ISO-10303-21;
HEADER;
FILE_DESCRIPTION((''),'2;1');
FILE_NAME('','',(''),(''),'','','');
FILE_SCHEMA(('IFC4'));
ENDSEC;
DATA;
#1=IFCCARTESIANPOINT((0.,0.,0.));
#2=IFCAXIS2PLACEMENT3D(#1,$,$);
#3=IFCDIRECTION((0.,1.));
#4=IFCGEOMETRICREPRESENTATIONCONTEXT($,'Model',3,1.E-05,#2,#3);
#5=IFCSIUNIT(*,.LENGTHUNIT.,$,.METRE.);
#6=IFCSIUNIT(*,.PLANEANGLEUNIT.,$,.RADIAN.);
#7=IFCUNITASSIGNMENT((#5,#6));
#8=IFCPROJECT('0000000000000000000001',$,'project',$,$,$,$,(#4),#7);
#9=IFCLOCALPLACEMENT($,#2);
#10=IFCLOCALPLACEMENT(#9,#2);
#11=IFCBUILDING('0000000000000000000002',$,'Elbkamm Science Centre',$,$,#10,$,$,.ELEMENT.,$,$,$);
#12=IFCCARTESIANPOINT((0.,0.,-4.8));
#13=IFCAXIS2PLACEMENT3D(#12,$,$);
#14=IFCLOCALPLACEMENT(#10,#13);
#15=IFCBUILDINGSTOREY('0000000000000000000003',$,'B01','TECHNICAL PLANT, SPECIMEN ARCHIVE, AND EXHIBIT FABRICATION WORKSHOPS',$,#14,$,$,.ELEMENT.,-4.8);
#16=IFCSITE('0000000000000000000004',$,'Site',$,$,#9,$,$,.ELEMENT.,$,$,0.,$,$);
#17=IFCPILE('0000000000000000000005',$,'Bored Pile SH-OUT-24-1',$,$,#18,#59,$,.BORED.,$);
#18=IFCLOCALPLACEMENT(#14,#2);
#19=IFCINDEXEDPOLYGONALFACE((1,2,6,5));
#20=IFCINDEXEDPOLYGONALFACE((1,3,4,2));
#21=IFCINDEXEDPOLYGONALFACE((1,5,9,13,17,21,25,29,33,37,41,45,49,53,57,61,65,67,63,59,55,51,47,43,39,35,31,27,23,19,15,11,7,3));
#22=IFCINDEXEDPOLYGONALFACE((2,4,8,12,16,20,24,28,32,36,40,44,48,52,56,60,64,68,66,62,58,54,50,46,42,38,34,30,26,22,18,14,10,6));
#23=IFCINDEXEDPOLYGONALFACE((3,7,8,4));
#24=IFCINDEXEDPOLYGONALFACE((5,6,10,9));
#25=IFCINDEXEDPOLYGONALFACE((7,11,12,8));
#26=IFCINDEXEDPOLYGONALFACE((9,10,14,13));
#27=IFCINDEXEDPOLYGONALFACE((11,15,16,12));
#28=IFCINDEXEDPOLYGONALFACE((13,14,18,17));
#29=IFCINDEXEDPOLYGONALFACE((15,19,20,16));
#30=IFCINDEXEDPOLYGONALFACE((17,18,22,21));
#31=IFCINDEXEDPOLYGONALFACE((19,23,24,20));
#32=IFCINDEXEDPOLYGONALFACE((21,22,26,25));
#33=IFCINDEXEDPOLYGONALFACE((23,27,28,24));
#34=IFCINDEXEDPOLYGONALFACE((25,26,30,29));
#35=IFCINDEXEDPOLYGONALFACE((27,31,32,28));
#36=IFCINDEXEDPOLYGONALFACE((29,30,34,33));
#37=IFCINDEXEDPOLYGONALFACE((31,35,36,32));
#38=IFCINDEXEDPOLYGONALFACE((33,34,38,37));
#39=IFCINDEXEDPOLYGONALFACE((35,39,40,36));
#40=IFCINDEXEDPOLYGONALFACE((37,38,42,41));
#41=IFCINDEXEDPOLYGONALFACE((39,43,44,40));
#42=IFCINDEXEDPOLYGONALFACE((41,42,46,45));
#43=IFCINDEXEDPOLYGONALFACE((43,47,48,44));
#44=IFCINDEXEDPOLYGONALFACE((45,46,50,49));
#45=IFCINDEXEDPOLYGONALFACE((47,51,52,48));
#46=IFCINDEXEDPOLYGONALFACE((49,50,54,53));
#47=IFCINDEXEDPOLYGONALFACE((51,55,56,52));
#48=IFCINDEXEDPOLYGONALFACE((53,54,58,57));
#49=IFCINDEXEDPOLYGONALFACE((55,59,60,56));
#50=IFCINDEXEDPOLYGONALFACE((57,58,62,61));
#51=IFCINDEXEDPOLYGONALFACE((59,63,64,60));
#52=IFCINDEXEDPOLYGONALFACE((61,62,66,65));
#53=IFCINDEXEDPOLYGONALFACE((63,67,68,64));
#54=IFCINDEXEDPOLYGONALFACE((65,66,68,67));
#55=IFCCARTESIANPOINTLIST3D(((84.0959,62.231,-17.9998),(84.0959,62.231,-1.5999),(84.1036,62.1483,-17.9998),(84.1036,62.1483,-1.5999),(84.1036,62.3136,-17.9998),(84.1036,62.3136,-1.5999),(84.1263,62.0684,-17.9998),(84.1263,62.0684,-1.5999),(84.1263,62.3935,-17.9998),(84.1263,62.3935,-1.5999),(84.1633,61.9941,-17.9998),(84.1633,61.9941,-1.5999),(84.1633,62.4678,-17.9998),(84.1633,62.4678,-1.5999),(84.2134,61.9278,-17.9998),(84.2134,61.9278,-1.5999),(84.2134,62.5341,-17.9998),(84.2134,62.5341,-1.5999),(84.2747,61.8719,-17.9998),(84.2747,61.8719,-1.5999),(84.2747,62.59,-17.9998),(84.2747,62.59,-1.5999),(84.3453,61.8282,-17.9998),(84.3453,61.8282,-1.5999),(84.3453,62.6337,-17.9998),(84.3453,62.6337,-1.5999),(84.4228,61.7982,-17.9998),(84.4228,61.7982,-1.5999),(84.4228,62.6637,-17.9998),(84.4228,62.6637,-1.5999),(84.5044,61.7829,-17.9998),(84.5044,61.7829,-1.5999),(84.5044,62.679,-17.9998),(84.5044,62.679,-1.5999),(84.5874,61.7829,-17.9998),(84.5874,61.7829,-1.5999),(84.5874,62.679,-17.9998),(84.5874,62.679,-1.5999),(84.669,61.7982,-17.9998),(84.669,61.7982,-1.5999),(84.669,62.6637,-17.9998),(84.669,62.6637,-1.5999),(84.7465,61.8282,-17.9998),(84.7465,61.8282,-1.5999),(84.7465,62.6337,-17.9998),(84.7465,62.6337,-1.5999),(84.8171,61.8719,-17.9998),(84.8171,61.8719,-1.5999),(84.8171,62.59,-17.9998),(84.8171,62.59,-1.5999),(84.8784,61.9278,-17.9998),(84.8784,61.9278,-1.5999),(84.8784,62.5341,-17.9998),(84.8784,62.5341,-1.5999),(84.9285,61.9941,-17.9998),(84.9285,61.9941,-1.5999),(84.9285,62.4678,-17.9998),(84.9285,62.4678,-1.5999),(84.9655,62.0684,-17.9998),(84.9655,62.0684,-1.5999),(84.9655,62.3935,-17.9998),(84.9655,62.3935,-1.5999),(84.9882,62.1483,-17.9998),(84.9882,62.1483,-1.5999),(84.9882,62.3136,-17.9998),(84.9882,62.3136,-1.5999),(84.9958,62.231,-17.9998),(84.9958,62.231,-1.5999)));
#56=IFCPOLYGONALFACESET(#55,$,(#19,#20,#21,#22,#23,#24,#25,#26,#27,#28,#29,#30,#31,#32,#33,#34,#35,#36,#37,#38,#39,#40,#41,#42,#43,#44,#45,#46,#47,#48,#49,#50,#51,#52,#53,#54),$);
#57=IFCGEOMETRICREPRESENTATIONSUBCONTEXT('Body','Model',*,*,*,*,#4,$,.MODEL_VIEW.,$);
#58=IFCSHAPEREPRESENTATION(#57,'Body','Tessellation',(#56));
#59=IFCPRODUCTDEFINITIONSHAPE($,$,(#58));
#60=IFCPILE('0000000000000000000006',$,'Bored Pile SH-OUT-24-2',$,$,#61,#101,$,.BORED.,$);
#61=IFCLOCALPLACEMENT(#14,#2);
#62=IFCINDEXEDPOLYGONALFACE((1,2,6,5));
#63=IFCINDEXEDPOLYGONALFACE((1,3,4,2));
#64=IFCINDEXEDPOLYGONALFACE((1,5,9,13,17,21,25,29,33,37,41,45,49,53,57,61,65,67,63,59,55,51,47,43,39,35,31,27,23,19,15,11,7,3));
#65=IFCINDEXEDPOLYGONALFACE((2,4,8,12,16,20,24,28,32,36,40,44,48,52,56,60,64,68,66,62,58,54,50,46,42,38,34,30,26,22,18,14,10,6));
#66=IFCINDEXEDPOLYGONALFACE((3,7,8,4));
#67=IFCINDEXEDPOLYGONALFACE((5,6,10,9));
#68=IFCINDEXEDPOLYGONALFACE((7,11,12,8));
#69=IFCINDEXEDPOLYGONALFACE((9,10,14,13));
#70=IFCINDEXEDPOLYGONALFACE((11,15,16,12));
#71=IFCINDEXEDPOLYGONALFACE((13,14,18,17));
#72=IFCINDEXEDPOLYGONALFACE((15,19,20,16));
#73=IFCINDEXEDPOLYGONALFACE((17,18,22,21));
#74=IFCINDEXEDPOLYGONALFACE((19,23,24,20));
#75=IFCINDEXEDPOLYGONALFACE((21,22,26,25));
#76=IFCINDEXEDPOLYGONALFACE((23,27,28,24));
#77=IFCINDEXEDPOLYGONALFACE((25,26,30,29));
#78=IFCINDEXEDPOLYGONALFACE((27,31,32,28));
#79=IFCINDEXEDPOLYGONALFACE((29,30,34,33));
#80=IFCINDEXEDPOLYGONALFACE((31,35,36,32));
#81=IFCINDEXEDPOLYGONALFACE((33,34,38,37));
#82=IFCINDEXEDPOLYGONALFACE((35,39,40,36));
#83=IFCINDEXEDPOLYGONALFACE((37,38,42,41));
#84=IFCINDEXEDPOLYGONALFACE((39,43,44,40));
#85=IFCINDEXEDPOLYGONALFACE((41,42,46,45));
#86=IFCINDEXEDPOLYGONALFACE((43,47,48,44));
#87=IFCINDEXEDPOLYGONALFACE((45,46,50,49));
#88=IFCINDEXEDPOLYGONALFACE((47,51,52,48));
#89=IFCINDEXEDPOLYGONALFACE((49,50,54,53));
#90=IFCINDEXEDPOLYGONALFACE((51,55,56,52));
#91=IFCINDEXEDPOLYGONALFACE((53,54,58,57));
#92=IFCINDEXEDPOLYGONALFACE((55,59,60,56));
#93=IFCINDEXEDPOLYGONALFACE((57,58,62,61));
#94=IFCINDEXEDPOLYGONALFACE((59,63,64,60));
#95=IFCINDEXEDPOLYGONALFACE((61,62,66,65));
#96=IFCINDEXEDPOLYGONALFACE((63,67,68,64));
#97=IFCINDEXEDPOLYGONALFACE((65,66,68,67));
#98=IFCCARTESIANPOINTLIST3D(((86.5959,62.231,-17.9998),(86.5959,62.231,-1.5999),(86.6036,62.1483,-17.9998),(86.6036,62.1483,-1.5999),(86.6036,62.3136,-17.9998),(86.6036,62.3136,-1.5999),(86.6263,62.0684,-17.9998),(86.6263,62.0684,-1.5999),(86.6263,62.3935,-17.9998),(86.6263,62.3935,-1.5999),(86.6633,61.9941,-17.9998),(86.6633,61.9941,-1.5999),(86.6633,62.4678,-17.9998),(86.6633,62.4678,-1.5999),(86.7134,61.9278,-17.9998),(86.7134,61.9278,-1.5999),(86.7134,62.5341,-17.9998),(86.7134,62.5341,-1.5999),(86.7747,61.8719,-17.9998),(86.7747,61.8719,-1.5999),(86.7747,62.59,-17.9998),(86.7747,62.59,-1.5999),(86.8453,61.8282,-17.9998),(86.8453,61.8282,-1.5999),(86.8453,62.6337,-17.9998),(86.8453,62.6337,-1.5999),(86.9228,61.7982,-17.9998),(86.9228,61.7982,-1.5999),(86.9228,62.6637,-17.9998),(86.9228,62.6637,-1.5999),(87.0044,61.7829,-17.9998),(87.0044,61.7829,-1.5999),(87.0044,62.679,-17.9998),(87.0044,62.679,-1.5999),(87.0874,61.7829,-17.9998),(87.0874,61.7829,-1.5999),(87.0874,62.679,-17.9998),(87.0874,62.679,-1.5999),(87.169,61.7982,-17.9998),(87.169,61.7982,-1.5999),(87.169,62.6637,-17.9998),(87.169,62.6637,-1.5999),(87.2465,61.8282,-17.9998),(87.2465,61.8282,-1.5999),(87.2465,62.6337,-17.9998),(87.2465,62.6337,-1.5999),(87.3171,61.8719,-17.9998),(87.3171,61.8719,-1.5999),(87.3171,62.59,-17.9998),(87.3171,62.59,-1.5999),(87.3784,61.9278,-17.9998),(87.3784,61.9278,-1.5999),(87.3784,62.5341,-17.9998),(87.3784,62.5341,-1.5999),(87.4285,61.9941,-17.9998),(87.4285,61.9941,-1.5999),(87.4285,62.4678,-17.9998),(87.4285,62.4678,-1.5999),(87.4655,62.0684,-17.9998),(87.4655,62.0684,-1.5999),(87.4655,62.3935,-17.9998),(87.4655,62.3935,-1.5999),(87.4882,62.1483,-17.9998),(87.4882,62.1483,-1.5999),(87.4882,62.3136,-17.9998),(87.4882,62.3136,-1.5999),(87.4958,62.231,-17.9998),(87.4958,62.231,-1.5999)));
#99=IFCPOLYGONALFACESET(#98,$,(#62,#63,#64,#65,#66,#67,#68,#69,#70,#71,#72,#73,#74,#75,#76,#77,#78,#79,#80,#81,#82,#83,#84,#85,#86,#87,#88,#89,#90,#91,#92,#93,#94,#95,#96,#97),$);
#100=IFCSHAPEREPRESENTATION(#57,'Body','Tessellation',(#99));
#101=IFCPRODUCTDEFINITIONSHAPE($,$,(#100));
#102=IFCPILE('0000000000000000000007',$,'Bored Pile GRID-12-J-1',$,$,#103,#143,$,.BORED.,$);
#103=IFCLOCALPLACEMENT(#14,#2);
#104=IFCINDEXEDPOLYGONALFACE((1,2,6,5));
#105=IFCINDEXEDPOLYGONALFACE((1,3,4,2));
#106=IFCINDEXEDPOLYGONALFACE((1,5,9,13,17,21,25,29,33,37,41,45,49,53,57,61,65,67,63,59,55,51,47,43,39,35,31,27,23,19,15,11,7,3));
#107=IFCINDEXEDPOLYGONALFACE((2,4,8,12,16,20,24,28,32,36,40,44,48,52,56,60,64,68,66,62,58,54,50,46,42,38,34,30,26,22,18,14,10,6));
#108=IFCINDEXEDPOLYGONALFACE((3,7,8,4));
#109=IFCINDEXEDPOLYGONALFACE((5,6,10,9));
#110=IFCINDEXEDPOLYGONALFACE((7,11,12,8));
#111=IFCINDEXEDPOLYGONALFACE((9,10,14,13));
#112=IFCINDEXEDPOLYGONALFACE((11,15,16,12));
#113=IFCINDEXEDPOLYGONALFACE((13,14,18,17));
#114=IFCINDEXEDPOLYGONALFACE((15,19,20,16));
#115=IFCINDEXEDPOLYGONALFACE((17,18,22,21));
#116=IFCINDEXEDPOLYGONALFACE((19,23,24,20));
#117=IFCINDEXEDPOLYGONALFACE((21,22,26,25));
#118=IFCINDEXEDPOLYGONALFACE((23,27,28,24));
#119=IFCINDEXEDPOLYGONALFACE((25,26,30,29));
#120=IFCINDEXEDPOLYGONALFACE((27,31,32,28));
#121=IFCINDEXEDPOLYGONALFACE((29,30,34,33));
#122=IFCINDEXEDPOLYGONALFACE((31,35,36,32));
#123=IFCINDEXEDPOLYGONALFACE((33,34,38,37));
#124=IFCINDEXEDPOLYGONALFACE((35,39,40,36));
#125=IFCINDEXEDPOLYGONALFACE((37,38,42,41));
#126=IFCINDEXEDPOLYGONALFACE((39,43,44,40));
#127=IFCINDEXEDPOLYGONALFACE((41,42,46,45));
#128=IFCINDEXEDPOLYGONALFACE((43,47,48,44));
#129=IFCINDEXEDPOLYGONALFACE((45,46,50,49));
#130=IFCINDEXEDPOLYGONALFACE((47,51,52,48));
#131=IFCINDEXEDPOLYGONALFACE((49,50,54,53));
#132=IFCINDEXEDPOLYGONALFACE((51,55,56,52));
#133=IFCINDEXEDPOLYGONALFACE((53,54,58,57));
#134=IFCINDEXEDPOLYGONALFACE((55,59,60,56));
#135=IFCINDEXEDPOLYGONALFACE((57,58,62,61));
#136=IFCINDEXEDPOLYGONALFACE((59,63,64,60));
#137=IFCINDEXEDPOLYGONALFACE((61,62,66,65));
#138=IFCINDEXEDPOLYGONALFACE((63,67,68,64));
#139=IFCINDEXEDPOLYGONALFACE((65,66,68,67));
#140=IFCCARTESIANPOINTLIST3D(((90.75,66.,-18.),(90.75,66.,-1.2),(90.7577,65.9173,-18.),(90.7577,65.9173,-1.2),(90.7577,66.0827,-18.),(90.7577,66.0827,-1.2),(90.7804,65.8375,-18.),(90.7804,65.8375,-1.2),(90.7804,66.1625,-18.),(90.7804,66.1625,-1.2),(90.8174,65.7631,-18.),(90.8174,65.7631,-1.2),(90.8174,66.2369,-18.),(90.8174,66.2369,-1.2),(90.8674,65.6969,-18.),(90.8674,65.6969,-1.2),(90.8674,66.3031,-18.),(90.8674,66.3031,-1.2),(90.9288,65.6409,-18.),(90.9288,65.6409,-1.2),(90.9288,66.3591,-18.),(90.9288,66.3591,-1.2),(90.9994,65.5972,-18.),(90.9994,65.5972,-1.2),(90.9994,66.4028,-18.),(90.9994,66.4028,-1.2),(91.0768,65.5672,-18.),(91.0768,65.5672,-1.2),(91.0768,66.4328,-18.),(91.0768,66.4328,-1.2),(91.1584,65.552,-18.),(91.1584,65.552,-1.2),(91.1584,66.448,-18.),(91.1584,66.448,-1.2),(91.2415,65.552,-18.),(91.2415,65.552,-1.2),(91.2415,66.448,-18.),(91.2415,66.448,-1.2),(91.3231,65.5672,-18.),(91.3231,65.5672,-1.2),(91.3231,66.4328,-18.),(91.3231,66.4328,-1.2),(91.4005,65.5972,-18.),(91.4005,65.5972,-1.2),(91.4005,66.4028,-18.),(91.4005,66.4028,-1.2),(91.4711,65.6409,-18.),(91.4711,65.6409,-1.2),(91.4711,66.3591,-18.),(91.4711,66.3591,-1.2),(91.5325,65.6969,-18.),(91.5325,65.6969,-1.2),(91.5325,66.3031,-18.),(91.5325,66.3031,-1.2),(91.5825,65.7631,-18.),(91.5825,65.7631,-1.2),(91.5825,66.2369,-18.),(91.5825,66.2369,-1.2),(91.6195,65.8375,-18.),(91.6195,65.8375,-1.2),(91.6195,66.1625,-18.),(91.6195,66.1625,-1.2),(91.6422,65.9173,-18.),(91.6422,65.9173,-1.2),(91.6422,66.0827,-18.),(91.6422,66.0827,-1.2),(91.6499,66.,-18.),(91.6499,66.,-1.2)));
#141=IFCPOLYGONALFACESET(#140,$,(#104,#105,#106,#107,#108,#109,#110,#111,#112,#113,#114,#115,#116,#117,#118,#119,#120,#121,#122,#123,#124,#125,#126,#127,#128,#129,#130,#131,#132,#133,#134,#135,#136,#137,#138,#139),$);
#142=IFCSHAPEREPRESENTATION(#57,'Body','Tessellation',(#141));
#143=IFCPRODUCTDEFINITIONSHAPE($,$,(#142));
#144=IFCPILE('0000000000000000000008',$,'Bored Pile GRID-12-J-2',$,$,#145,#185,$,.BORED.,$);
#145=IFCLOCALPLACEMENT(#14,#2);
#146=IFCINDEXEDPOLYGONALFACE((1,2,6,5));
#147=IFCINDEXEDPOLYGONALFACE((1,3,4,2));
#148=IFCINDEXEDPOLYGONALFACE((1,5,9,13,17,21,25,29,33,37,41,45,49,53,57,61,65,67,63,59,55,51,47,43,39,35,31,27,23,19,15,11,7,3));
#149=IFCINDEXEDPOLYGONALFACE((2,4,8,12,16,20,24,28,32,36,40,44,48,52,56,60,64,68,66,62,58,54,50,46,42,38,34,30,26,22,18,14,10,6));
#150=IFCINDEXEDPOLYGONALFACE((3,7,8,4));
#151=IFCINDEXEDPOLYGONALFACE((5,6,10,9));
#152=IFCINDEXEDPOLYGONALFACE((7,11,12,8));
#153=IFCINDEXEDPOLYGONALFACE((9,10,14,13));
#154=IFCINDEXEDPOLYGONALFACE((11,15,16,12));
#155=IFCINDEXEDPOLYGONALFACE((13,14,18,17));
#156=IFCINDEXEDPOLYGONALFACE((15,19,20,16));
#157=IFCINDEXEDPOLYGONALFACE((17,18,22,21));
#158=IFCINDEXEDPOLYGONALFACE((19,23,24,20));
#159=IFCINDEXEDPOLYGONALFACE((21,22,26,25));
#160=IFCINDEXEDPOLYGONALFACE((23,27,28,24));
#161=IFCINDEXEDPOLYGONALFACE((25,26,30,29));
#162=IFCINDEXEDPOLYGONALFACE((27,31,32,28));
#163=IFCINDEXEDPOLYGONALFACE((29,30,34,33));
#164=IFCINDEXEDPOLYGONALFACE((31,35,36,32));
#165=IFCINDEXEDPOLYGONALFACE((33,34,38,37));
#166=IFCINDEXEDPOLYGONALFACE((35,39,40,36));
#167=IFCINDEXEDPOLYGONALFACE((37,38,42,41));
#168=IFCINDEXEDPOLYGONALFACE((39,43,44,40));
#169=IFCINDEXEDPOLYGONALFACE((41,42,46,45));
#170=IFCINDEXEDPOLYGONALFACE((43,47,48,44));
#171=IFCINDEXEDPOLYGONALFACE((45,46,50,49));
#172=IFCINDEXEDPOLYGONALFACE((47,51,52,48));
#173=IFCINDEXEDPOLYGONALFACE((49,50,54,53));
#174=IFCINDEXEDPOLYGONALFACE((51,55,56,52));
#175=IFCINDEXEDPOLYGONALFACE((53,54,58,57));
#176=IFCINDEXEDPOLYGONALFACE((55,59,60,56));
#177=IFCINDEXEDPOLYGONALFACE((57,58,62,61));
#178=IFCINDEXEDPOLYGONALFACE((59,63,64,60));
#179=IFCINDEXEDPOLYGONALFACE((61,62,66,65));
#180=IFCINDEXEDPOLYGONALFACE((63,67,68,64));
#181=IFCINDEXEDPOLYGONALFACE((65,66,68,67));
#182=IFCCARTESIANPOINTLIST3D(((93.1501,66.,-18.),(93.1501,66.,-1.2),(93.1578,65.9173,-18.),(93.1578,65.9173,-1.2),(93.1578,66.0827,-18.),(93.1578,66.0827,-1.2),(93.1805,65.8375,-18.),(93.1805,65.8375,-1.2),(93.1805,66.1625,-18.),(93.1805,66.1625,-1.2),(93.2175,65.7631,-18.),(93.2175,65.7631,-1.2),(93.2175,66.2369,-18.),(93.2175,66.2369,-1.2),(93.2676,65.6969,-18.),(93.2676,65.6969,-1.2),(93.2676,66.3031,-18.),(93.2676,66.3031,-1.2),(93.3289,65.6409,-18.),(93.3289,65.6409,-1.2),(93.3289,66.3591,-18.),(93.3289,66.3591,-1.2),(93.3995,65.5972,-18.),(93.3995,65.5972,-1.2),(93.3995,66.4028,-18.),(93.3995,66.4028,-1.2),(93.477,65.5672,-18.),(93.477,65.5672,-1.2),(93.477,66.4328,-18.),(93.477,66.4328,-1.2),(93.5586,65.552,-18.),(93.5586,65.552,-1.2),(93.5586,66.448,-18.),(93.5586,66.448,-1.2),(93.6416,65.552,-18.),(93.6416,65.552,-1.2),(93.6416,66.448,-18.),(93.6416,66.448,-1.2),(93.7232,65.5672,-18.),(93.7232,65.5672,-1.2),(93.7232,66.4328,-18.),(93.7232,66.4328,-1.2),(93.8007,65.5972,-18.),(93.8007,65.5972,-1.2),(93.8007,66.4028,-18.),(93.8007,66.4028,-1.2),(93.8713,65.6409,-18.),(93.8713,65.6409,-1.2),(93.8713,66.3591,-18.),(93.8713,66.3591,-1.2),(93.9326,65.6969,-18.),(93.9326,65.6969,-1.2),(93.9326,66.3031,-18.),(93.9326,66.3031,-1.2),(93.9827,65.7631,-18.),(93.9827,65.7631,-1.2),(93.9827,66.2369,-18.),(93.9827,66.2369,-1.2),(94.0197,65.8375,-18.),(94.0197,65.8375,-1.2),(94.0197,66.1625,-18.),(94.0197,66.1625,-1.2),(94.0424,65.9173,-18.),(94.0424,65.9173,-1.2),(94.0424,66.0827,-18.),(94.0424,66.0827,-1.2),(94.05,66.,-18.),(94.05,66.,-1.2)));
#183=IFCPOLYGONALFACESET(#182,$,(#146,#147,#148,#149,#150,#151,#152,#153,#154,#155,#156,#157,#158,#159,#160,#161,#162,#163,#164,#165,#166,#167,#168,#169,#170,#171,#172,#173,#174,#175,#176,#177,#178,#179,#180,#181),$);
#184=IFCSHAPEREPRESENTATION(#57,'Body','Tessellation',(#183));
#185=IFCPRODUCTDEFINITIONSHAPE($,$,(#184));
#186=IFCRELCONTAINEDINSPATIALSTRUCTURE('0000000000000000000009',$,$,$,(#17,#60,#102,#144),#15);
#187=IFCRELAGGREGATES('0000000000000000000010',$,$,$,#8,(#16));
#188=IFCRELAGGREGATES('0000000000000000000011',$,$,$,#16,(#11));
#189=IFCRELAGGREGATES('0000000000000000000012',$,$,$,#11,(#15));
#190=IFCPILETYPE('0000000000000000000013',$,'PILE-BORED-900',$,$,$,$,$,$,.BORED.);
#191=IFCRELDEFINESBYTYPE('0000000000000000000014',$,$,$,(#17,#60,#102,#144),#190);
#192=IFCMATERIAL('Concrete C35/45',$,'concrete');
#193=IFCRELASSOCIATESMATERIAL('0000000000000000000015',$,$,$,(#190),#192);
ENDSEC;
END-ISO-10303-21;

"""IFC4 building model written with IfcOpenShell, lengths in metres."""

from ifc_helpers import new_model, si_unit, direction, frame, origin, origin_2d, place, context, subcontext, project, spatial, circle, extrude, material, material_profile, profile_set, type_object, element, save


model = new_model("IFC4")

# Units and contexts
model_context = context("Model", 3, precision=1e-05, world=origin(), true_north=direction((0.0, 1.0)))
body_context = subcontext(model_context, "Body", "Model", "MODEL_VIEW")
ifc_project = project(units=[si_unit("LENGTHUNIT", "METRE"), si_unit("PLANEANGLEUNIT", "RADIAN")], contexts=[model_context])

# Site, building, storey
site_placement = place(None, origin())
site = spatial("IfcSite", under=ifc_project, at=site_placement, Name="Site", CompositionType="ELEMENT", RefElevation=0.0)
building_placement = place(site_placement, origin())
building = spatial("IfcBuilding", under=site, at=building_placement, Name="Elbkamm Science Centre", CompositionType="ELEMENT")
storey_placement = place(building_placement, frame((0.0, 0.0, -4.8)))
storey = spatial("IfcBuildingStorey", under=building, at=storey_placement, Name="B01", Description="TECHNICAL PLANT, SPECIMEN ARCHIVE, AND EXHIBIT FABRICATION WORKSHOPS", CompositionType="ELEMENT", Elevation=-4.8)

# Shared definitions
ifc_material_1 = material(Name="Concrete C35/45", Category="concrete")

# Piles
ifc_material_profile_1 = material_profile(ifc_material_1, circle(Radius=0.45, at=origin_2d()), Name="PILE D900")
ifc_profile_set_1 = profile_set([ifc_material_profile_1], Name="Concrete C35/45")
pile_type_1 = type_object("IfcPileType", Name="PILE-BORED-900", PredefinedType="BORED", material=ifc_profile_set_1)
for number, where, z_axis, x_axis, name in (
    (1, (84.5459, 62.231, -1.5999), (0.0, 0.0, -1.0), (1.0, 0.0, 0.0), "Bored Pile SH-OUT-24-1"),
    (2, (87.0459, 62.231, -1.5999), (0.0, 0.0, -1.0), (1.0, 0.0, 0.0), "Bored Pile SH-OUT-24-2"),
):
    element("IfcPile", number, at=place(storey_placement, frame(where, z_axis=z_axis, x_axis=x_axis)), inside=storey, type_object=pile_type_1, Name=name, PredefinedType="BORED", context=body_context, shape_type="SweptSolid", body=[
        extrude(circle(Radius=0.45, at=origin_2d()), origin(), (0.0, 0.0, 1.0), 16.3999),
    ])
for number, where, z_axis, x_axis, name in (
    (3, (91.2, 66.0, -1.2), (0.0, 0.0, -1.0), (1.0, 0.0, 0.0), "Bored Pile GRID-12-J-1"),
    (4, (93.6001, 66.0, -1.2), (0.0, 0.0, -1.0), (1.0, 0.0, 0.0), "Bored Pile GRID-12-J-2"),
):
    element("IfcPile", number, at=place(storey_placement, frame(where, z_axis=z_axis, x_axis=x_axis)), inside=storey, type_object=pile_type_1, Name=name, PredefinedType="BORED", context=body_context, shape_type="SweptSolid", body=[
        extrude(circle(Radius=0.45, at=origin_2d()), origin(), (0.0, 0.0, 1.0), 16.8),
    ])

save(model, "model.ifc")
